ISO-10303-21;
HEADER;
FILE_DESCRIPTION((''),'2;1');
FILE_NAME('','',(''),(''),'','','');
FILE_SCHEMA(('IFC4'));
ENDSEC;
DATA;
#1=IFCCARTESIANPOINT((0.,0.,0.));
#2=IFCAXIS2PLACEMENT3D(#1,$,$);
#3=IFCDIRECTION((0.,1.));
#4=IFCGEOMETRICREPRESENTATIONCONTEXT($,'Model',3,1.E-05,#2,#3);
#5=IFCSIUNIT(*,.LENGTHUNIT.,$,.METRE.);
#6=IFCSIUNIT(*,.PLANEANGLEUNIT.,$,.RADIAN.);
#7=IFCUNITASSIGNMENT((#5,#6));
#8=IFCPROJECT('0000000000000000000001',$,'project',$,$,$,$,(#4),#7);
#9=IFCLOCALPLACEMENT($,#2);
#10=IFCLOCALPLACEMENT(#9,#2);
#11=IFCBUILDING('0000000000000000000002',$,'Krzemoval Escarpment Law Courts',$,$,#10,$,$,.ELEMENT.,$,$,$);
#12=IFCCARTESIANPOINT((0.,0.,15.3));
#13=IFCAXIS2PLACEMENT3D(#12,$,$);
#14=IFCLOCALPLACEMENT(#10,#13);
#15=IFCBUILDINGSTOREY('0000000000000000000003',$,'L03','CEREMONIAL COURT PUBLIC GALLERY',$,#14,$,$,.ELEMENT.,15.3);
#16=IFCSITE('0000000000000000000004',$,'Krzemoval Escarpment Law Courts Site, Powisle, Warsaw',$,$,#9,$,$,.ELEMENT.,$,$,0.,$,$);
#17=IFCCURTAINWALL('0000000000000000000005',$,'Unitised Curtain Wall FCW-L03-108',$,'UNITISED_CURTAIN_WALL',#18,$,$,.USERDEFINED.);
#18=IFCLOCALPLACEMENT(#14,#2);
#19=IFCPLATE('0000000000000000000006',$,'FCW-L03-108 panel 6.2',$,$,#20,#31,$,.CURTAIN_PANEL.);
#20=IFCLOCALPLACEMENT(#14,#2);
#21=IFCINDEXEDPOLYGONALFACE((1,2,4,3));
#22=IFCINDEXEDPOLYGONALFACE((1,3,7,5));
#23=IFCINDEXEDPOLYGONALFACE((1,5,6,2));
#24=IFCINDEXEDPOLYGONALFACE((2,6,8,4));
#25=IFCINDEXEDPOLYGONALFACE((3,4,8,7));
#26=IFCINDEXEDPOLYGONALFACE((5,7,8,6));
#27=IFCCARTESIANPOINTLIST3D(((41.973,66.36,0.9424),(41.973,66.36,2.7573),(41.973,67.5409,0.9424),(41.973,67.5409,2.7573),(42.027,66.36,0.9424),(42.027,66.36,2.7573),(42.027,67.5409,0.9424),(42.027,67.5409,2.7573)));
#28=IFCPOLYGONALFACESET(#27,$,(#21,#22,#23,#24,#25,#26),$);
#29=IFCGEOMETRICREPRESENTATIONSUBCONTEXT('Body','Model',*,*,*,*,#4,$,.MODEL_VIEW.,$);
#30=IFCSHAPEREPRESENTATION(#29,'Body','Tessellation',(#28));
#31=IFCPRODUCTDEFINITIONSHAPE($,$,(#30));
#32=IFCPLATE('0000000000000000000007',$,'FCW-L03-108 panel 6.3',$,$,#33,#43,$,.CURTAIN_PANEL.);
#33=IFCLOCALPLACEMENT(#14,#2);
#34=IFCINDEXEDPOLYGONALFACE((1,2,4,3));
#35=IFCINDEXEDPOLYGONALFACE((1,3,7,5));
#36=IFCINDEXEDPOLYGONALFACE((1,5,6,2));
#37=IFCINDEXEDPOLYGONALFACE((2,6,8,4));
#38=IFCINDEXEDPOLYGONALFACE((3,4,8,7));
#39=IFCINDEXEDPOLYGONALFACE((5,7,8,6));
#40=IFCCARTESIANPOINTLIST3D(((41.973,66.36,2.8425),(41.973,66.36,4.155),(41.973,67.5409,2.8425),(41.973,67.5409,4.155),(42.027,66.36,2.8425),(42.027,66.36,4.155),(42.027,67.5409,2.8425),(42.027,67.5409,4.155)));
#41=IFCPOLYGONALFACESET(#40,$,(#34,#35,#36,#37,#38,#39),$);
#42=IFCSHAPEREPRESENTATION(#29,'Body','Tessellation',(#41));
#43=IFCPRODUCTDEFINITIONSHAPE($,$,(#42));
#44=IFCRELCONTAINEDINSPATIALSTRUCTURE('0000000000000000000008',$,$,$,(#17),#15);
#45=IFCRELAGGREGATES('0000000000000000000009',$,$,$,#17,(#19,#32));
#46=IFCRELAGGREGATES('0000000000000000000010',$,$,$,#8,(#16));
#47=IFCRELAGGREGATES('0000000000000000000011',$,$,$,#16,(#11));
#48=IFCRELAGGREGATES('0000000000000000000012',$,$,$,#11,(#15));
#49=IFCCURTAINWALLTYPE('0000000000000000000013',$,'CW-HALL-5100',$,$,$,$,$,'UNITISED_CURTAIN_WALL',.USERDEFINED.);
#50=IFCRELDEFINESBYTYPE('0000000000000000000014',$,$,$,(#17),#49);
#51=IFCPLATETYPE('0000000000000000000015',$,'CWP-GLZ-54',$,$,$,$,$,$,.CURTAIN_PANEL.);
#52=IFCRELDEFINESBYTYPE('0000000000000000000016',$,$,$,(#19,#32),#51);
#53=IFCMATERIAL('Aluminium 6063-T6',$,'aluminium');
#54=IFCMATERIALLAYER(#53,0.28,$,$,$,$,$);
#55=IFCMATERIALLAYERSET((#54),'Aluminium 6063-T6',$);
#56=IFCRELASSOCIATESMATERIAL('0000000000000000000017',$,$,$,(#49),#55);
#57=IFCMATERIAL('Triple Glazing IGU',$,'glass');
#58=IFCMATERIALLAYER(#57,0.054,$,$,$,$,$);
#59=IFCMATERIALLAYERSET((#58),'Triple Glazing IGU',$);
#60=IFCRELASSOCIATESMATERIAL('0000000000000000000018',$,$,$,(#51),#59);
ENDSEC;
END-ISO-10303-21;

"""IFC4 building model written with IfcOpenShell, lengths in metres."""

from ifc_helpers import new_model, si_unit, direction, frame, origin, origin_2d, place, context, subcontext, project, spatial, rectangle, extrude, material, layer, layer_set, type_object, element, aggregate, save


model = new_model("IFC4")

# Units and contexts
model_context = context("Model", 3, precision=1e-05, world=origin(), true_north=direction((0.0, 1.0)))
body_context = subcontext(model_context, "Body", "Model", "MODEL_VIEW")
ifc_project = project(units=[si_unit("LENGTHUNIT", "METRE"), si_unit("PLANEANGLEUNIT", "RADIAN")], contexts=[model_context])

# Site, building, storey
site_placement = place(None, origin())
site = spatial("IfcSite", under=ifc_project, at=site_placement, Name="Krzemoval Escarpment Law Courts Site, Powisle, Warsaw", CompositionType="ELEMENT", RefElevation=0.0)
building_placement = place(site_placement, origin())
building = spatial("IfcBuilding", under=site, at=building_placement, Name="Krzemoval Escarpment Law Courts", CompositionType="ELEMENT")
storey_placement = place(building_placement, frame((0.0, 0.0, 15.3)))
storey = spatial("IfcBuildingStorey", under=building, at=storey_placement, Name="L03", Description="CEREMONIAL COURT PUBLIC GALLERY", CompositionType="ELEMENT", Elevation=15.3)

# Curtain wall
ifc_material_1 = material(Name="Aluminium 6063-T6", Category="aluminium")
ifc_layer_1 = layer(ifc_material_1, 0.28)
ifc_layer_set_1 = layer_set([ifc_layer_1], Name="Aluminium 6063-T6")
curtain_wall_type = type_object("IfcCurtainWallType", Name="CW-HALL-5100", ElementType="UNITISED_CURTAIN_WALL", PredefinedType="USERDEFINED", material=ifc_layer_set_1)
curtain_wall_1_placement = place(storey_placement, origin())
curtain_wall_1 = element("IfcCurtainWall", 1, at=curtain_wall_1_placement, inside=storey, type_object=curtain_wall_type, Name="Unitised Curtain Wall FCW-L03-108", ObjectType="UNITISED_CURTAIN_WALL", PredefinedType="USERDEFINED")

# Plates
ifc_material_2 = material(Name="Triple Glazing IGU", Category="glass")
ifc_layer_2 = layer(ifc_material_2, 0.054)
ifc_layer_set_2 = layer_set([ifc_layer_2], Name="Triple Glazing IGU")
plate_type = type_object("IfcPlateType", Name="CWP-GLZ-54", PredefinedType="CURTAIN_PANEL", material=ifc_layer_set_2)
plate_1_placement = place(storey_placement, frame((42.0, 66.9504, 0.9424), z_axis=(0.0, 0.0, 1.0), x_axis=(0.0, -1.0, 0.0)))
plate_1 = element("IfcPlate", 2, at=plate_1_placement, type_object=plate_type, Name="FCW-L03-108 panel 6.2", PredefinedType="CURTAIN_PANEL", context=body_context, shape_type="SweptSolid", body=[
    extrude(rectangle(XDim=1.1809, YDim=0.054, at=origin_2d()), origin(), (0.0, 0.0, 1.0), 1.8149),
])
plate_2_placement = place(storey_placement, frame((42.0, 66.9504, 2.8425), z_axis=(0.0, 0.0, 1.0), x_axis=(0.0, -1.0, 0.0)))
plate_2 = element("IfcPlate", 3, at=plate_2_placement, type_object=plate_type, Name="FCW-L03-108 panel 6.3", PredefinedType="CURTAIN_PANEL", context=body_context, shape_type="SweptSolid", body=[
    extrude(rectangle(XDim=1.1809, YDim=0.054, at=origin_2d()), origin(), (0.0, 0.0, 1.0), 1.3125),
])
aggregate(curtain_wall_1, [plate_1, plate_2])

save(model, "model.ifc")
